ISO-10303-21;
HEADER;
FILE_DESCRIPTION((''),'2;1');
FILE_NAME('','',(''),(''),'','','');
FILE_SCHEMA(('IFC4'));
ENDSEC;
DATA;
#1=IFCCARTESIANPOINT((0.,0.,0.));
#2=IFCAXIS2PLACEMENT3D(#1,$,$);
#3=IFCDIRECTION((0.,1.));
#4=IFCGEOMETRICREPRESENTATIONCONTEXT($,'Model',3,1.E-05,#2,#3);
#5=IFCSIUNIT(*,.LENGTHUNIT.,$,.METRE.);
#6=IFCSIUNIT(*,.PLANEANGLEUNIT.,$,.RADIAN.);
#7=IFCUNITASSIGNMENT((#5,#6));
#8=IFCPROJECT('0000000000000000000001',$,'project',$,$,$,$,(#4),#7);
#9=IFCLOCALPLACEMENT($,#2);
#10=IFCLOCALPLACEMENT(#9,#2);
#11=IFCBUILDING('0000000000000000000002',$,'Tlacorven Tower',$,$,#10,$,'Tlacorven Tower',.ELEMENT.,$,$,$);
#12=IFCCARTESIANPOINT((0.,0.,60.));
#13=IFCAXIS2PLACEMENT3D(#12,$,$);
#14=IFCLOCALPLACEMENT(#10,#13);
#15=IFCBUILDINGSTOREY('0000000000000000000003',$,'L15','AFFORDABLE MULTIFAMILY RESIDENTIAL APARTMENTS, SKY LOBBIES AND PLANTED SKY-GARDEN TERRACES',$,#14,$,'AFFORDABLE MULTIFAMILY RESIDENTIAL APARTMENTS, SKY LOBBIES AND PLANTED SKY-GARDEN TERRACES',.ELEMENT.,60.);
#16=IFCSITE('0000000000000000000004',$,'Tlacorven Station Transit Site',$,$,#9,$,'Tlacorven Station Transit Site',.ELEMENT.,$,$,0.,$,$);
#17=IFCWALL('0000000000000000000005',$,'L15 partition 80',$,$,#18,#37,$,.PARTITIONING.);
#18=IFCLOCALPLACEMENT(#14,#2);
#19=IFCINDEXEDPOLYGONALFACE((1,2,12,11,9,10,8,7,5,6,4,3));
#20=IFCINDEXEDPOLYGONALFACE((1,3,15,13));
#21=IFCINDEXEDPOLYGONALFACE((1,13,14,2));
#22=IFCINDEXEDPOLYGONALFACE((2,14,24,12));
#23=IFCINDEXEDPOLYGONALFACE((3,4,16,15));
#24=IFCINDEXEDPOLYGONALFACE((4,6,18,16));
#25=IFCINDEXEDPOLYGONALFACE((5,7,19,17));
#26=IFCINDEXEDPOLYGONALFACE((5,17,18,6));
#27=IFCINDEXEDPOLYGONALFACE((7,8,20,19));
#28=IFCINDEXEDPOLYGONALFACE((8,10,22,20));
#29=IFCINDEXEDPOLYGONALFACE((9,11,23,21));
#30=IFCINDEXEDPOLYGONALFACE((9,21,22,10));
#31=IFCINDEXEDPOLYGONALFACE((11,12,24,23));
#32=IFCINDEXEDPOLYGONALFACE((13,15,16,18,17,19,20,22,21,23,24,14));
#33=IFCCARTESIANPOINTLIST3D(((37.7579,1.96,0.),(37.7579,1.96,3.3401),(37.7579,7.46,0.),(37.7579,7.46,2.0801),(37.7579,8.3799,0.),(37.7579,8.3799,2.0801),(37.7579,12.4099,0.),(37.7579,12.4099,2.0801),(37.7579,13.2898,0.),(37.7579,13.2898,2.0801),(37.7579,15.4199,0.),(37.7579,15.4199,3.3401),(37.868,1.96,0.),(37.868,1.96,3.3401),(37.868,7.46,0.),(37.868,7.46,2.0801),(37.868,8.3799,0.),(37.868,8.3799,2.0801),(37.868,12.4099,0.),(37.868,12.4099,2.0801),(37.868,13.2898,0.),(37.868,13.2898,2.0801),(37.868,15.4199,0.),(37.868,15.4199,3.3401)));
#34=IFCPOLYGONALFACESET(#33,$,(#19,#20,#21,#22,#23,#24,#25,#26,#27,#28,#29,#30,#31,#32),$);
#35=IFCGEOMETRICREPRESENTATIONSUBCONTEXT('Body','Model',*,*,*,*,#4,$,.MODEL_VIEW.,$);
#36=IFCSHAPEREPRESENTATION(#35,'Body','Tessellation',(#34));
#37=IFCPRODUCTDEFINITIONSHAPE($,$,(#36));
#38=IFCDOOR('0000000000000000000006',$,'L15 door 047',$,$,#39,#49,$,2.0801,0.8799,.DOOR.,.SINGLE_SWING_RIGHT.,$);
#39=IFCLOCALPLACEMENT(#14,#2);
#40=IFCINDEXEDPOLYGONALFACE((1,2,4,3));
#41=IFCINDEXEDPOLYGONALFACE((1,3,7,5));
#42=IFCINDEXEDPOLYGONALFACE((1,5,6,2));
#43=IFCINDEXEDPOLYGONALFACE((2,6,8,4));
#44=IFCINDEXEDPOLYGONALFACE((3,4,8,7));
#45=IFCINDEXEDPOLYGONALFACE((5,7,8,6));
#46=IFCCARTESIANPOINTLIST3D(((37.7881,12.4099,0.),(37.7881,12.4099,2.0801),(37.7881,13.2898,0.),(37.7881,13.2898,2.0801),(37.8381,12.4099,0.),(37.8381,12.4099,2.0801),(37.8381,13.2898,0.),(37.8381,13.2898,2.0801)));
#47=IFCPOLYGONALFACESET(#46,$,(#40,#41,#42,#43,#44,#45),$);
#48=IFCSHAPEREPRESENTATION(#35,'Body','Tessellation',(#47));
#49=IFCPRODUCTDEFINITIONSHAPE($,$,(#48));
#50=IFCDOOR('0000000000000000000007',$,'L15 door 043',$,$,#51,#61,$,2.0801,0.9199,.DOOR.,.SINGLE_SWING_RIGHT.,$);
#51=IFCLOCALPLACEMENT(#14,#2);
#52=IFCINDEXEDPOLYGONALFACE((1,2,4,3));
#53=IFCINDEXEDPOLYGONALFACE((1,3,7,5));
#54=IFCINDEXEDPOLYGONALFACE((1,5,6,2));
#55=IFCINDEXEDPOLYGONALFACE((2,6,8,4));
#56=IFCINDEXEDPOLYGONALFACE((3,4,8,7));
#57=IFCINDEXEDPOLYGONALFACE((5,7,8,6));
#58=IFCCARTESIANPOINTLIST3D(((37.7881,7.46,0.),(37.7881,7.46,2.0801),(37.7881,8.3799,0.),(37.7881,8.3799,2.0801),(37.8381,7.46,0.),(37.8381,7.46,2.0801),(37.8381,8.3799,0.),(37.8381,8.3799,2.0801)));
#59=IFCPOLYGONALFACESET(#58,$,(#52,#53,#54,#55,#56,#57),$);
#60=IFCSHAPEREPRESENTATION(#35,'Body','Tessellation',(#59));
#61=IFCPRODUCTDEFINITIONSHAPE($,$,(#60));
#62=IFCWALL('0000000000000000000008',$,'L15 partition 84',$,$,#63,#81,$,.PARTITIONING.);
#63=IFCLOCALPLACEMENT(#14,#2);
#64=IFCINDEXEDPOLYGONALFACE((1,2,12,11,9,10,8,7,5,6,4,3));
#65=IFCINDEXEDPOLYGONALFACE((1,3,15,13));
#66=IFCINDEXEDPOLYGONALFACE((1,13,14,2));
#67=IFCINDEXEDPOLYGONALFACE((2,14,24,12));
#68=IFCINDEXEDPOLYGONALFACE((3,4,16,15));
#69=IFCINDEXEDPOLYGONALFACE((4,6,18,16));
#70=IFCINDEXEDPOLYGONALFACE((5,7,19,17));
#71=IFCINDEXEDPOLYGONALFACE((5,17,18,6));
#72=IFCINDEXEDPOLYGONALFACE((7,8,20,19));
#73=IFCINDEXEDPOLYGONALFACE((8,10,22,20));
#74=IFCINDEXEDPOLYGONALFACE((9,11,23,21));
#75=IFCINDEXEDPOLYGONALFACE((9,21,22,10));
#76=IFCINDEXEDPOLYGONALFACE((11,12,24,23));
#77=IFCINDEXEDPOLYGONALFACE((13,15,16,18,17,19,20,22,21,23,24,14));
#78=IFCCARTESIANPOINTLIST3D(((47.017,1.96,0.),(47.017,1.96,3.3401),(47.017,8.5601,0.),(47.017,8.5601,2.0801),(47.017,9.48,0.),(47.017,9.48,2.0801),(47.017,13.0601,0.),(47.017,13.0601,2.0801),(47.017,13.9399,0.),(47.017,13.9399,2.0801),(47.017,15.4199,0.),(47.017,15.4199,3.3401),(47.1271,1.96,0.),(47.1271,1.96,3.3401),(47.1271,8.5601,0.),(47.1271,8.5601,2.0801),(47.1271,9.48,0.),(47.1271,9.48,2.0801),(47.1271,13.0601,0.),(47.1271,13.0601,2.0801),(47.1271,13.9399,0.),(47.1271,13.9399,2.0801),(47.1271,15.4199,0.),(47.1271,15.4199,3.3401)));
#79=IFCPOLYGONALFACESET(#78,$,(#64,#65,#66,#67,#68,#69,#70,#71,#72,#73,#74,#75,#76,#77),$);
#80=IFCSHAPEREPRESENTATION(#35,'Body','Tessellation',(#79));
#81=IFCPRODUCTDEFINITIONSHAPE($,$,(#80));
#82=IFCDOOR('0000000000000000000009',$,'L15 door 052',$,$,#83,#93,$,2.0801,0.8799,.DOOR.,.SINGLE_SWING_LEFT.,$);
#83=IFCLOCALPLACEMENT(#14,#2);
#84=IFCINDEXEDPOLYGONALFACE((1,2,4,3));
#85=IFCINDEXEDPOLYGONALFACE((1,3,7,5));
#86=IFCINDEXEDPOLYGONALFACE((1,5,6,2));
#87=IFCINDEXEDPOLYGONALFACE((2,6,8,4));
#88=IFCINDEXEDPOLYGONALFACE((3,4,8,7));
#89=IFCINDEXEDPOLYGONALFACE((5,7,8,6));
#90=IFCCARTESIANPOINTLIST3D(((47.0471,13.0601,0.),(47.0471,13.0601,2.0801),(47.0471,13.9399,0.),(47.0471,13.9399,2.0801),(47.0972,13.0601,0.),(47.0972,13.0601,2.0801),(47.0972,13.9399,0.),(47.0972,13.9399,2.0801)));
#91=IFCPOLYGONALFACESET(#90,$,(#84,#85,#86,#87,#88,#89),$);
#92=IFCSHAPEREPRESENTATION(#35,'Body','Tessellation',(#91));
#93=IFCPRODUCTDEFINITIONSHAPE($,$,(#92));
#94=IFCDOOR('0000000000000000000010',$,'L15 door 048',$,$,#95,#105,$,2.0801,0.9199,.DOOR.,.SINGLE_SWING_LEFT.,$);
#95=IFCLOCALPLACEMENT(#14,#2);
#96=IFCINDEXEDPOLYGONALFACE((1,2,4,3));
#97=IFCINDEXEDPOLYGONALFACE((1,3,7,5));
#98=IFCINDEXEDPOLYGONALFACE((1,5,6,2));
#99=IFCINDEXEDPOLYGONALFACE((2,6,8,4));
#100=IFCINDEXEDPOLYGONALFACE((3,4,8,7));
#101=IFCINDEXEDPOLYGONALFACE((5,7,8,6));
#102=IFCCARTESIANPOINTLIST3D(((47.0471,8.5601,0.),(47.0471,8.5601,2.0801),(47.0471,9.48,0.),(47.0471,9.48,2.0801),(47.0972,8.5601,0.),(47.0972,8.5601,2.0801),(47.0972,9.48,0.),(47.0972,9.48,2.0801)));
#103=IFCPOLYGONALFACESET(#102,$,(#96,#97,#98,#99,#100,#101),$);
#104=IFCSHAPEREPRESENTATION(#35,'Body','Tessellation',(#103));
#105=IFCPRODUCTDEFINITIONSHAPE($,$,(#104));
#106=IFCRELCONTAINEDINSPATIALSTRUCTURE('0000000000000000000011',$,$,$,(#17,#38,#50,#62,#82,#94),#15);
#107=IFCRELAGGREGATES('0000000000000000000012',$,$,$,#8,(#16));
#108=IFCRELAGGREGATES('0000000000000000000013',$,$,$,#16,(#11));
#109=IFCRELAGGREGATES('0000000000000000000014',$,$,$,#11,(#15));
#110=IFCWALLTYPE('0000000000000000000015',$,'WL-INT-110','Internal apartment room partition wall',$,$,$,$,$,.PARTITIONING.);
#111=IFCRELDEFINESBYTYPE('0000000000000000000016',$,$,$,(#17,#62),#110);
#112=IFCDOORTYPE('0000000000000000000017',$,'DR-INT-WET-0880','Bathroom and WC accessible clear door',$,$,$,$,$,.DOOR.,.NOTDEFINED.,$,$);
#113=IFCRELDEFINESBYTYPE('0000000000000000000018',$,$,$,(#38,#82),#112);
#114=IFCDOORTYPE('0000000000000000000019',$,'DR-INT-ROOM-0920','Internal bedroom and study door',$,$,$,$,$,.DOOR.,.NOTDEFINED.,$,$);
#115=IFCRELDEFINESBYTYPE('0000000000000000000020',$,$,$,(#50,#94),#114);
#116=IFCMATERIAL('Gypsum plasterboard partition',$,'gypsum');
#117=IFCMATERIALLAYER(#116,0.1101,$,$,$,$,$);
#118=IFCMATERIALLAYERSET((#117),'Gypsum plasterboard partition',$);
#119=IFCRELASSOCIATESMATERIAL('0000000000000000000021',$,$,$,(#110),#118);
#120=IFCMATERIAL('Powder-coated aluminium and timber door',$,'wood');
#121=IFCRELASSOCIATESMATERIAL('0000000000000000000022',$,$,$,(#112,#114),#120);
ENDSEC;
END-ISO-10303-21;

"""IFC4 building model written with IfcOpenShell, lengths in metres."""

from ifc_helpers import new_model, si_unit, direction, frame, frame_2d, origin, place, context, subcontext, project, spatial, rectangle, extrude, source, transform, mapped, material, layer, layer_set, type_object, element, fill, save


model = new_model("IFC4")

# Units and contexts
model_context = context("Model", 3, precision=1e-05, world=origin(), true_north=direction((0.0, 1.0)))
body_context = subcontext(model_context, "Body", "Model", "MODEL_VIEW")
ifc_project = project(units=[si_unit("LENGTHUNIT", "METRE"), si_unit("PLANEANGLEUNIT", "RADIAN")], contexts=[model_context])

# Site, building, storey
site_placement = place(None, origin())
site = spatial("IfcSite", under=ifc_project, at=site_placement, Name="Tlacorven Station Transit Site", LongName="Tlacorven Station Transit Site", CompositionType="ELEMENT", RefElevation=0.0)
building_placement = place(site_placement, origin())
building = spatial("IfcBuilding", under=site, at=building_placement, Name="Tlacorven Tower", LongName="Tlacorven Tower", CompositionType="ELEMENT")
storey_placement = place(building_placement, frame((0.0, 0.0, 60.0)))
storey = spatial("IfcBuildingStorey", under=building, at=storey_placement, Name="L15", Description="AFFORDABLE MULTIFAMILY RESIDENTIAL APARTMENTS, SKY LOBBIES AND PLANTED SKY-GARDEN TERRACES", LongName="AFFORDABLE MULTIFAMILY RESIDENTIAL APARTMENTS, SKY LOBBIES AND PLANTED SKY-GARDEN TERRACES", CompositionType="ELEMENT", Elevation=60.0)

# Walls, openings, doors
ifc_material_1 = material(Name="Gypsum plasterboard partition", Category="gypsum")
ifc_layer_1 = layer(ifc_material_1, 0.1101)
ifc_layer_set_1 = layer_set([ifc_layer_1], Name="Gypsum plasterboard partition")
wall_type_1 = type_object("IfcWallType", Name="WL-INT-110", Description="Internal apartment room partition wall", PredefinedType="PARTITIONING", material=ifc_layer_set_1)
wall_1_placement = place(storey_placement, frame((37.813, 1.96, 0.0), z_axis=(0.0, 0.0, 1.0), x_axis=(0.0, 1.0, 0.0)))
wall_1 = element("IfcWall", 1, at=wall_1_placement, inside=storey, type_object=wall_type_1, Name="L15 partition 80", PredefinedType="PARTITIONING", context=body_context, shape_type="SweptSolid", body=[
    extrude(rectangle(XDim=13.46, YDim=0.1101, at=frame_2d((6.73, 0.0))), origin(), (0.0, 0.0, 1.0), 3.3401),
])
opening_1_placement = place(wall_1_placement, frame((5.5, 0.0, 0.0)))
opening_1 = element("IfcOpeningElement", 2, at=opening_1_placement, cuts=wall_1, PredefinedType="OPENING", context=body_context, shape_type="SweptSolid", body=[
    extrude(rectangle(XDim=0.9199, YDim=2.0801, at=frame_2d((0.46, 1.04))), frame((0.0, 0.0649, 0.0), z_axis=(0.0, -1.0, 0.0), x_axis=(1.0, 0.0, 0.0)), (0.0, 0.0, 1.0), 0.1301),
])
opening_2_placement = place(wall_1_placement, frame((10.45, 0.0, 0.0)))
opening_2 = element("IfcOpeningElement", 3, at=opening_2_placement, cuts=wall_1, PredefinedType="OPENING", context=body_context, shape_type="SweptSolid", body=[
    extrude(rectangle(XDim=0.8799, YDim=2.0801, at=frame_2d((0.4399, 1.04))), frame((0.0, 0.0649, 0.0), z_axis=(0.0, -1.0, 0.0), x_axis=(1.0, 0.0, 0.0)), (0.0, 0.0, 1.0), 0.1301),
])
ifc_material_2 = material(Name="Powder-coated aluminium and timber door", Category="wood")
door_type_1 = type_object("IfcDoorType", Name="DR-INT-WET-0880", Description="Bathroom and WC accessible clear door", OperationType="NOTDEFINED", PredefinedType="DOOR", material=ifc_material_2)
shared_shape_1 = source(origin(), body_context, "Body", "SweptSolid", [
    extrude(rectangle(XDim=0.8799, YDim=2.0801, at=frame_2d((0.4399, 1.04))), frame((0.0, 0.0249, 0.0), z_axis=(0.0, -1.0, 0.0), x_axis=(1.0, 0.0, 0.0)), (0.0, 0.0, 1.0), 0.05),
])
door_1_placement = place(opening_2_placement, origin())
door_1 = element("IfcDoor", 4, at=door_1_placement, inside=storey, type_object=door_type_1, Name="L15 door 047", OperationType="SINGLE_SWING_RIGHT", OverallHeight=2.0801, OverallWidth=0.8799, PredefinedType="DOOR", context=body_context, shape_type="MappedRepresentation", body=[
    mapped(shared_shape_1, transform((0.0, 0.0, 0.0), scale=1.0)),
])
fill(opening_2, door_1)
door_type_2 = type_object("IfcDoorType", Name="DR-INT-ROOM-0920", Description="Internal bedroom and study door", OperationType="NOTDEFINED", PredefinedType="DOOR", material=ifc_material_2)
shared_shape_2 = source(origin(), body_context, "Body", "SweptSolid", [
    extrude(rectangle(XDim=0.9199, YDim=2.0801, at=frame_2d((0.46, 1.04))), frame((0.0, 0.0249, 0.0), z_axis=(0.0, -1.0, 0.0), x_axis=(1.0, 0.0, 0.0)), (0.0, 0.0, 1.0), 0.05),
])
door_2_placement = place(opening_1_placement, origin())
door_2 = element("IfcDoor", 5, at=door_2_placement, inside=storey, type_object=door_type_2, Name="L15 door 043", OperationType="SINGLE_SWING_RIGHT", OverallHeight=2.0801, OverallWidth=0.9199, PredefinedType="DOOR", context=body_context, shape_type="MappedRepresentation", body=[
    mapped(shared_shape_2, transform((0.0, 0.0, 0.0), scale=1.0)),
])
fill(opening_1, door_2)
wall_2_placement = place(storey_placement, frame((47.072, 1.96, 0.0), z_axis=(0.0, 0.0, 1.0), x_axis=(0.0, 1.0, 0.0)))
wall_2 = element("IfcWall", 6, at=wall_2_placement, inside=storey, type_object=wall_type_1, Name="L15 partition 84", PredefinedType="PARTITIONING", context=body_context, shape_type="SweptSolid", body=[
    extrude(rectangle(XDim=13.46, YDim=0.1101, at=frame_2d((6.73, 0.0))), origin(), (0.0, 0.0, 1.0), 3.3401),
])
opening_3_placement = place(wall_2_placement, frame((6.6001, 0.0, 0.0)))
opening_3 = element("IfcOpeningElement", 7, at=opening_3_placement, cuts=wall_2, PredefinedType="OPENING", context=body_context, shape_type="SweptSolid", body=[
    extrude(rectangle(XDim=0.9199, YDim=2.0801, at=frame_2d((0.46, 1.04))), frame((0.0, 0.0649, 0.0), z_axis=(0.0, -1.0, 0.0), x_axis=(1.0, 0.0, 0.0)), (0.0, 0.0, 1.0), 0.1301),
])
opening_4_placement = place(wall_2_placement, frame((11.1001, 0.0, 0.0)))
opening_4 = element("IfcOpeningElement", 8, at=opening_4_placement, cuts=wall_2, PredefinedType="OPENING", context=body_context, shape_type="SweptSolid", body=[
    extrude(rectangle(XDim=0.8799, YDim=2.0801, at=frame_2d((0.4399, 1.04))), frame((0.0, 0.0649, 0.0), z_axis=(0.0, -1.0, 0.0), x_axis=(1.0, 0.0, 0.0)), (0.0, 0.0, 1.0), 0.1301),
])
door_3_placement = place(opening_4_placement, origin())
door_3 = element("IfcDoor", 9, at=door_3_placement, inside=storey, type_object=door_type_1, Name="L15 door 052", OperationType="SINGLE_SWING_LEFT", OverallHeight=2.0801, OverallWidth=0.8799, PredefinedType="DOOR", context=body_context, shape_type="MappedRepresentation", body=[
    mapped(shared_shape_1, transform((0.0, 0.0, 0.0), scale=1.0)),
])
fill(opening_4, door_3)
door_4_placement = place(opening_3_placement, origin())
door_4 = element("IfcDoor", 10, at=door_4_placement, inside=storey, type_object=door_type_2, Name="L15 door 048", OperationType="SINGLE_SWING_LEFT", OverallHeight=2.0801, OverallWidth=0.9199, PredefinedType="DOOR", context=body_context, shape_type="MappedRepresentation", body=[
    mapped(shared_shape_2, transform((0.0, 0.0, 0.0), scale=1.0)),
])
fill(opening_3, door_4)

save(model, "model.ifc")
